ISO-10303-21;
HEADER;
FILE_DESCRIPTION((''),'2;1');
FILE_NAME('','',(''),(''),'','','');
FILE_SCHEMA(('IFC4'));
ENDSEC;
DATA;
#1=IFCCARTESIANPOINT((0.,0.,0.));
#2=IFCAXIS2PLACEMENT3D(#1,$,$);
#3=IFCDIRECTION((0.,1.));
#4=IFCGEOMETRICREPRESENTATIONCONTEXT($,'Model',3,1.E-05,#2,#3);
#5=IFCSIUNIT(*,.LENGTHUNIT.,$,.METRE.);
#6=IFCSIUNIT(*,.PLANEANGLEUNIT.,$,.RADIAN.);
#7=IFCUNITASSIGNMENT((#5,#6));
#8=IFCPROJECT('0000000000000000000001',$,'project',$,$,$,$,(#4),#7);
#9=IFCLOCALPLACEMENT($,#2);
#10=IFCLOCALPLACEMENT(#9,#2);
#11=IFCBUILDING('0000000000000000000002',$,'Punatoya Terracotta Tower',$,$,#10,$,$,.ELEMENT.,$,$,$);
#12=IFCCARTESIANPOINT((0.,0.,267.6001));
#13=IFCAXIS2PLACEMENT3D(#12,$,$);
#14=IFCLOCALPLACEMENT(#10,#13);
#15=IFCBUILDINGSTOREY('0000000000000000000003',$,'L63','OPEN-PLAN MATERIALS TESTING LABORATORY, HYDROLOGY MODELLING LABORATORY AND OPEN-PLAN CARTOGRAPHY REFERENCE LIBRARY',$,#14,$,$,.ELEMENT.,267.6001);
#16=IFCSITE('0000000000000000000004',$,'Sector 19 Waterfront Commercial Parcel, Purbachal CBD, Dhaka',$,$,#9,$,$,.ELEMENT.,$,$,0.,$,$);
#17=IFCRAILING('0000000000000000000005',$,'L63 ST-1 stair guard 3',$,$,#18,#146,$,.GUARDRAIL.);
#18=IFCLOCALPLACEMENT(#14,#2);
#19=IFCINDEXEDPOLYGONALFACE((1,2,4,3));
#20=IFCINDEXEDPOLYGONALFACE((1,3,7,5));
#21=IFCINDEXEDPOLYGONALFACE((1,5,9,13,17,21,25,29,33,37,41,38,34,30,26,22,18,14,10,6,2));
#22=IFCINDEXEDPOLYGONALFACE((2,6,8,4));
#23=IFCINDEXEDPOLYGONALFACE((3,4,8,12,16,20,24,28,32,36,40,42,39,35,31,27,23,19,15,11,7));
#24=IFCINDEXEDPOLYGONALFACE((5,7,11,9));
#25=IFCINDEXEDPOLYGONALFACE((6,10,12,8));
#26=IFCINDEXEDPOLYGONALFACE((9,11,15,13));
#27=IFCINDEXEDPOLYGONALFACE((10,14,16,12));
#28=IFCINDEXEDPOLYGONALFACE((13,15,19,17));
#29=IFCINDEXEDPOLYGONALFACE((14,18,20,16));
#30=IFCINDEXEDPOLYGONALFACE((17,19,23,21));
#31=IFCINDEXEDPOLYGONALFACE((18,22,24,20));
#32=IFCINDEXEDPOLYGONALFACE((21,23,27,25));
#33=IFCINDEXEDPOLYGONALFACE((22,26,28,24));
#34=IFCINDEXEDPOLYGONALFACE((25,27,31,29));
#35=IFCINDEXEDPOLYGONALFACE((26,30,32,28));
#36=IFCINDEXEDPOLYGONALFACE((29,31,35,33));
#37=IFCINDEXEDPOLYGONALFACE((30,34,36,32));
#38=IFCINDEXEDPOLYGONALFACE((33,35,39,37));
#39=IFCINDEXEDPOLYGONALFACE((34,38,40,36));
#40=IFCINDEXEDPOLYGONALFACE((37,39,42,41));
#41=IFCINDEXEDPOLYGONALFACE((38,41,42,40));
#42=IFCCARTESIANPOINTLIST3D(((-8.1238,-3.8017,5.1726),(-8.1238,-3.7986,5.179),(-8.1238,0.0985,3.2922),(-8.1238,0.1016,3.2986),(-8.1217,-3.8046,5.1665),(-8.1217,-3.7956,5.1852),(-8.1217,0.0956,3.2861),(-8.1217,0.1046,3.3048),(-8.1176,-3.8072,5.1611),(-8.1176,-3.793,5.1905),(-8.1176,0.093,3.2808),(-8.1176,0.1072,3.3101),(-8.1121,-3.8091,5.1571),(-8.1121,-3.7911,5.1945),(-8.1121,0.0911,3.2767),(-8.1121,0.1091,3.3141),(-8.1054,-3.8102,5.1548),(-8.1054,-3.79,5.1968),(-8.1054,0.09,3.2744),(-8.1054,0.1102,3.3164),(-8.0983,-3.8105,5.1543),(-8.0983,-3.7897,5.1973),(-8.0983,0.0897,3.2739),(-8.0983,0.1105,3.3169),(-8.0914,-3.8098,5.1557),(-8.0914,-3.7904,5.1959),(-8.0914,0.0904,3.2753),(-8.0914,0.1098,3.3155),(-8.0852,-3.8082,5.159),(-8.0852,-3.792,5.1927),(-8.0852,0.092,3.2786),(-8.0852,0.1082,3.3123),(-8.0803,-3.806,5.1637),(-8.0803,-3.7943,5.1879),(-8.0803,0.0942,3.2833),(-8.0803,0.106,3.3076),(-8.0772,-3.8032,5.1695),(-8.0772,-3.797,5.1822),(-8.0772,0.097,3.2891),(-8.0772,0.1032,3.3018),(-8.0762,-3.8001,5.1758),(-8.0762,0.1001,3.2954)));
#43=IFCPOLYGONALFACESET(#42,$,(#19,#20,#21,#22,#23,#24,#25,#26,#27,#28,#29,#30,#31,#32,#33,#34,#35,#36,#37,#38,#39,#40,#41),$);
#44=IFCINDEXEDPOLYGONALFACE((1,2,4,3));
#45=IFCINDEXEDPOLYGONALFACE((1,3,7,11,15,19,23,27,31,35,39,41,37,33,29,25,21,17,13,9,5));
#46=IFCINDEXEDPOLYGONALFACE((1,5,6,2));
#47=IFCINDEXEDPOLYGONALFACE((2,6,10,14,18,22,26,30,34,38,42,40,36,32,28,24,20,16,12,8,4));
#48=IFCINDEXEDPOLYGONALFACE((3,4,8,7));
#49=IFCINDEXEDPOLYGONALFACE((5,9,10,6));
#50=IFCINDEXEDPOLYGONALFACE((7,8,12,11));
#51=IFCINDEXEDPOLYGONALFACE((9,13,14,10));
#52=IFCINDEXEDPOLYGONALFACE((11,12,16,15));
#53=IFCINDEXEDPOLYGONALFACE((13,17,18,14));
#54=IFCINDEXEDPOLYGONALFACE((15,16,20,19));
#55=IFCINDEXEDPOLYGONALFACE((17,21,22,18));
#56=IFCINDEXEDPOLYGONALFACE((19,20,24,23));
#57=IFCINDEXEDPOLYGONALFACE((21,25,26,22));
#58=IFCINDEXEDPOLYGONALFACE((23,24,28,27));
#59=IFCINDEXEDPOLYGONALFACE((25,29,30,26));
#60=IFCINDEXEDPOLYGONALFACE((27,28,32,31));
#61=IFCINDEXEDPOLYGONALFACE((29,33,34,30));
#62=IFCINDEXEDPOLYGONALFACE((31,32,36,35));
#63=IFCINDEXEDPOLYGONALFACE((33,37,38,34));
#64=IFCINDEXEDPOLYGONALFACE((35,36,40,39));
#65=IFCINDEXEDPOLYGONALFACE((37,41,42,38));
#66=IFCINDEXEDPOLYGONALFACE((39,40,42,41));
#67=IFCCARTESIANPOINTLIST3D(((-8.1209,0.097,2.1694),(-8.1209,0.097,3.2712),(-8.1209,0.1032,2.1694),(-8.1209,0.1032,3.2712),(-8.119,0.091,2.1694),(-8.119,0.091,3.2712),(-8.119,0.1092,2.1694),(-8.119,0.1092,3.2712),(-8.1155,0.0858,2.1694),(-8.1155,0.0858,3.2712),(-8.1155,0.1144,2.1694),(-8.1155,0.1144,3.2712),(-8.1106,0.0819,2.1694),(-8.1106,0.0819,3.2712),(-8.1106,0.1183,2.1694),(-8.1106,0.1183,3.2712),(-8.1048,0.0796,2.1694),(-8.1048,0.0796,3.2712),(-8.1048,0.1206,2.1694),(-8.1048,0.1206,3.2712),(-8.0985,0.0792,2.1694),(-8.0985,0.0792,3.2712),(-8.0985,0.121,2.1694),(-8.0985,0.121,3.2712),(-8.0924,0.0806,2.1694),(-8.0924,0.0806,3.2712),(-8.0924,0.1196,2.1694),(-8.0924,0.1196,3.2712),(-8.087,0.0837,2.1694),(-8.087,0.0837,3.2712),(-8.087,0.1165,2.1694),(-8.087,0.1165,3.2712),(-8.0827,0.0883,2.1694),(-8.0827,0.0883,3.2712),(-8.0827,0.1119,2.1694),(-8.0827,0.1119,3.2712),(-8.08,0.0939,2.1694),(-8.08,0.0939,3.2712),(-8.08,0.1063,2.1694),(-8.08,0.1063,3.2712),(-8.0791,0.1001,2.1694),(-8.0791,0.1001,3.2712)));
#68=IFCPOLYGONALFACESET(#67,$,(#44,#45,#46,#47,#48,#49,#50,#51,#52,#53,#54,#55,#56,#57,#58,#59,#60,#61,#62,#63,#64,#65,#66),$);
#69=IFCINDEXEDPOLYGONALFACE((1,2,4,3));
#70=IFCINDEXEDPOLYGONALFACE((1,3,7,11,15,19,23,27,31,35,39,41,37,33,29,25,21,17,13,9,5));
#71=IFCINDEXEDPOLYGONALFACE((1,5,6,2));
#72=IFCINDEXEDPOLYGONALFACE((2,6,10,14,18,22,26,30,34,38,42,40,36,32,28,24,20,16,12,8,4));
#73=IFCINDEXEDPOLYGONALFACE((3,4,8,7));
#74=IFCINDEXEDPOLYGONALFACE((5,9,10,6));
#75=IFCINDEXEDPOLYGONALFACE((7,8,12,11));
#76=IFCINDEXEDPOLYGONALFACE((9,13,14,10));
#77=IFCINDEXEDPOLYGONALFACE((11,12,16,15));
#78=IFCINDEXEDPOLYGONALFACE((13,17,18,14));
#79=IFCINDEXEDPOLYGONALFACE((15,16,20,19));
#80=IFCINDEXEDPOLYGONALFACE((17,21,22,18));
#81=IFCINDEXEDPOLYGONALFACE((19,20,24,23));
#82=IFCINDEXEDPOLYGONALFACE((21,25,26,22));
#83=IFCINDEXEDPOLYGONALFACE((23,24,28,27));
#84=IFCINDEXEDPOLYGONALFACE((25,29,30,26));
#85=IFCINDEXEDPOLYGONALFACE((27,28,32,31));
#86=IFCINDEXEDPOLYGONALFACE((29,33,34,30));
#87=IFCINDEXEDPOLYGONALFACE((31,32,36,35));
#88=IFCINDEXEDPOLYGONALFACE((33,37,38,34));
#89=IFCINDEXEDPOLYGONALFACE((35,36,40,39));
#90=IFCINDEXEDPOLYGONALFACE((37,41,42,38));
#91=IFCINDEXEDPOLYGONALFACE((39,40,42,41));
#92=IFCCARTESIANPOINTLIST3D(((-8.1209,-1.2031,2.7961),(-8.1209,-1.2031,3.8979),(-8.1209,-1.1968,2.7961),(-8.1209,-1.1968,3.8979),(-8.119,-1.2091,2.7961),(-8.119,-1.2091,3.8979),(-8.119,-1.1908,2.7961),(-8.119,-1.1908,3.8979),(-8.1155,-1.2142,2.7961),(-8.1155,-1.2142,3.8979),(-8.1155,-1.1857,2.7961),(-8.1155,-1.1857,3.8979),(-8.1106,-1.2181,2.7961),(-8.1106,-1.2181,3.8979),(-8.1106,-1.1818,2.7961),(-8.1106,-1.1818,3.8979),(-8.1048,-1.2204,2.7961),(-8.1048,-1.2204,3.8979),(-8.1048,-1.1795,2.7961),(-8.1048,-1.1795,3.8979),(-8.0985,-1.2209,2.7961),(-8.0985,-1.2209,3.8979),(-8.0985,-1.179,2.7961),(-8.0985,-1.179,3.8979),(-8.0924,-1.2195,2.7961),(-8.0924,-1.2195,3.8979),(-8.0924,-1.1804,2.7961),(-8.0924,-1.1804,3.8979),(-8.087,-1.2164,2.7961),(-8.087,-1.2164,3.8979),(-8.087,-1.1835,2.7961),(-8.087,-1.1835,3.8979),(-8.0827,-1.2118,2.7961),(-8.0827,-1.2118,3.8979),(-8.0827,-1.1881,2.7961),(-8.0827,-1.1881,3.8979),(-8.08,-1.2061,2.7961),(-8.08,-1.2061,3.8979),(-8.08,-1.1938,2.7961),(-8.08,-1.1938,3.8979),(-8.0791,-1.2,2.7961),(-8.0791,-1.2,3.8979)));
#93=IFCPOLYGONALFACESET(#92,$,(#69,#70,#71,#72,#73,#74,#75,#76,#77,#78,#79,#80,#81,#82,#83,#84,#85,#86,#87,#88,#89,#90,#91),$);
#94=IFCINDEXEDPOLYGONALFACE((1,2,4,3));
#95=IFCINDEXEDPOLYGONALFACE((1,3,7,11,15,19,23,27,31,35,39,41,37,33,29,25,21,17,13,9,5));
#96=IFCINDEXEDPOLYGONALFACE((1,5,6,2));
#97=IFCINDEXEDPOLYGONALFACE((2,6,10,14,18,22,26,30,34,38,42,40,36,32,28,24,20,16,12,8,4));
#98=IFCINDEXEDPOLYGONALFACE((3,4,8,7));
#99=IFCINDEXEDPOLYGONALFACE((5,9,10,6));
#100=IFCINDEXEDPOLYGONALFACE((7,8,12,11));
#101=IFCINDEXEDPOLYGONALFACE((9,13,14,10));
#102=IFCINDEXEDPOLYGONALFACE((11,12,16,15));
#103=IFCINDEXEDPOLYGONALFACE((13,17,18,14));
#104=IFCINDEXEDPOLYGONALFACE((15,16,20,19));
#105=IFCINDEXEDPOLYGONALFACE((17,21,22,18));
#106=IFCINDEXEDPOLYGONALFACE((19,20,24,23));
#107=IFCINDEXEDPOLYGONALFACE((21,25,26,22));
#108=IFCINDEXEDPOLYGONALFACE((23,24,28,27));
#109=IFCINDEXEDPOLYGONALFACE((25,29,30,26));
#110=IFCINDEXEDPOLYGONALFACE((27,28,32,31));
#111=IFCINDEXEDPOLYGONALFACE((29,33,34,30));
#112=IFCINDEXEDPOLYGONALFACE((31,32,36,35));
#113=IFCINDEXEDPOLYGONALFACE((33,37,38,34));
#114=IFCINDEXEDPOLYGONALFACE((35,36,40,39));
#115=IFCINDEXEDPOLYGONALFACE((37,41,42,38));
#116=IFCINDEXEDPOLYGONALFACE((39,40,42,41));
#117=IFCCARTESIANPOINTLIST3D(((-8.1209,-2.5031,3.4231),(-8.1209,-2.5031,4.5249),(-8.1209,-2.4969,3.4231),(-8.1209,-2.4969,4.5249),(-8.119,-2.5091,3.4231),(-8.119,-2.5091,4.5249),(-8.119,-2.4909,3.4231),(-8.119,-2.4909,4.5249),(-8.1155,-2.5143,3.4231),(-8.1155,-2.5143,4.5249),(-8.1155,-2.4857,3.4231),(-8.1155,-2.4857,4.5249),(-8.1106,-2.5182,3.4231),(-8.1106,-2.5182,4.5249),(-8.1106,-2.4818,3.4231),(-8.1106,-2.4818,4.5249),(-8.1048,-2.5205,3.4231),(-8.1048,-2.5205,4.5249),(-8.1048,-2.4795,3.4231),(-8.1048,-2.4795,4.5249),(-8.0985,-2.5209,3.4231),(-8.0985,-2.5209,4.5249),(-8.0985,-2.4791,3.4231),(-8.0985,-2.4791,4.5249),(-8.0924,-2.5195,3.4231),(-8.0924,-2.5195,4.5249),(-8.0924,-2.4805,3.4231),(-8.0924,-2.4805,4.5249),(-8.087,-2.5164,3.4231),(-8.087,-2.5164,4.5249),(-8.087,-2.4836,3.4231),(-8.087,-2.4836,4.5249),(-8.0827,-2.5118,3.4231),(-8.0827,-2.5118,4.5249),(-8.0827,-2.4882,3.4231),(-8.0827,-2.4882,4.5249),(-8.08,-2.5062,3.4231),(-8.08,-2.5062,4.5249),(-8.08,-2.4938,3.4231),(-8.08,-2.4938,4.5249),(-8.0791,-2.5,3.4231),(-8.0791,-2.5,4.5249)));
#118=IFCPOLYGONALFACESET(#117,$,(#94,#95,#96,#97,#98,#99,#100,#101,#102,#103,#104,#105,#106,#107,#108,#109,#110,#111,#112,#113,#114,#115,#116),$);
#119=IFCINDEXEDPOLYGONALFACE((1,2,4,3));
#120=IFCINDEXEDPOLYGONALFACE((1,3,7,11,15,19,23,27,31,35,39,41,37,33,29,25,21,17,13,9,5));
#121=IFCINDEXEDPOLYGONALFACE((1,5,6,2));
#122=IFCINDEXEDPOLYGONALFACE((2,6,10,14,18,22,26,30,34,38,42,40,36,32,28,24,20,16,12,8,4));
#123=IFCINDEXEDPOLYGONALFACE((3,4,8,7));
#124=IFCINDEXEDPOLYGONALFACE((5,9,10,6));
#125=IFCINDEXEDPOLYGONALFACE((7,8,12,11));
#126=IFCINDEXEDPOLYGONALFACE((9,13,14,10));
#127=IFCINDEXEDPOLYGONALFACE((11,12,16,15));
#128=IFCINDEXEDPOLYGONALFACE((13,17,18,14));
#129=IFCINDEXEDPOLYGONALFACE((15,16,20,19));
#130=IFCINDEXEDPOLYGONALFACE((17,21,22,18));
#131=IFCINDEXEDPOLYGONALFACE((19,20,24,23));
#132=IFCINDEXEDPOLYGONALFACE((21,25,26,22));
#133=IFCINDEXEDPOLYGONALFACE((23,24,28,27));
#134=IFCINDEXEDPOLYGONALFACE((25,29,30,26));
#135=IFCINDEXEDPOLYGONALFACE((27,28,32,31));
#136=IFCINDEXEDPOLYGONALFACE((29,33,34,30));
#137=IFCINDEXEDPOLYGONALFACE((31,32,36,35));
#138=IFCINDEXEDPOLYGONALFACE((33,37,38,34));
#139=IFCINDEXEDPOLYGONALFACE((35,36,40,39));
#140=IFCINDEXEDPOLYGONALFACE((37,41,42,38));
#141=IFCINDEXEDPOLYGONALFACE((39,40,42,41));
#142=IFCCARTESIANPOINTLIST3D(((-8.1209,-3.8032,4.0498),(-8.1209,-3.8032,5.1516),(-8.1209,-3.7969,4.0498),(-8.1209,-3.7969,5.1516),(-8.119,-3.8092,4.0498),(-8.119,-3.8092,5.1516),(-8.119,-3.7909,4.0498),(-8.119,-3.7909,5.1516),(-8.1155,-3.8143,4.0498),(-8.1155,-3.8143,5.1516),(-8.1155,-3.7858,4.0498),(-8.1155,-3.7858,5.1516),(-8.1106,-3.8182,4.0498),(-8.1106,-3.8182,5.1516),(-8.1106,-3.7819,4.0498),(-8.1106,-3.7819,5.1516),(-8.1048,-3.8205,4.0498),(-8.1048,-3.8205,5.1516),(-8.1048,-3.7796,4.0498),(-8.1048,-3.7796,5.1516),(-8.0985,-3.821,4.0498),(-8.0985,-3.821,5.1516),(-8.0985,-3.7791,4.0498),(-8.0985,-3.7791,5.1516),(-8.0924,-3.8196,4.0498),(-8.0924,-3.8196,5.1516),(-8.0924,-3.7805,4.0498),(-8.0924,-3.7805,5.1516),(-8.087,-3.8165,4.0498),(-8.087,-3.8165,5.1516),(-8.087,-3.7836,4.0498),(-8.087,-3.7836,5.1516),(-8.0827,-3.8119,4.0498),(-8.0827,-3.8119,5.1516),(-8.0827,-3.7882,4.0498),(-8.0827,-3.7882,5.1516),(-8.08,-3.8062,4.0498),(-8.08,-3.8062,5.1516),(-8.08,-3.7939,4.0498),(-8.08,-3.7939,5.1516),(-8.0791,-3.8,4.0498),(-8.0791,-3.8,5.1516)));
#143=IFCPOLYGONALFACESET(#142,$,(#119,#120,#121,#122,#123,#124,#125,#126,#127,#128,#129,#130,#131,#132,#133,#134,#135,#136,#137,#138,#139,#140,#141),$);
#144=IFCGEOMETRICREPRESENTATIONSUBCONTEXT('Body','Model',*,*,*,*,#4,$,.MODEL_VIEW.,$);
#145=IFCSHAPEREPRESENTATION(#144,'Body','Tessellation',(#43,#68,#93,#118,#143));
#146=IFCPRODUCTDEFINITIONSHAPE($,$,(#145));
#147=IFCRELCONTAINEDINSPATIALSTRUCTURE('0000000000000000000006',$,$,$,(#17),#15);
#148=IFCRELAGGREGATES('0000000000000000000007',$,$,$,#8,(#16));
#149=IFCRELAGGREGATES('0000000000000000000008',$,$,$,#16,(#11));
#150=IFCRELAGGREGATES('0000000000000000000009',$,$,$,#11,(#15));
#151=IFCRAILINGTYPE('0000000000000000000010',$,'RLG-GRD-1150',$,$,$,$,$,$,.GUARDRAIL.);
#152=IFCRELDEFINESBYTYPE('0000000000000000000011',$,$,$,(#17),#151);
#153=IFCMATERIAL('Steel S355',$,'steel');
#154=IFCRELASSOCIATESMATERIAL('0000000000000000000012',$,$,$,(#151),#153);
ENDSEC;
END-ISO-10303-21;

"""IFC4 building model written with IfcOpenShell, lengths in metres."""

from ifc_helpers import new_model, si_unit, direction, frame, origin, origin_2d, place, context, subcontext, project, spatial, circle, extrude, material, type_object, element, save


model = new_model("IFC4")

# Units and contexts
model_context = context("Model", 3, precision=1e-05, world=origin(), true_north=direction((0.0, 1.0)))
body_context = subcontext(model_context, "Body", "Model", "MODEL_VIEW")
ifc_project = project(units=[si_unit("LENGTHUNIT", "METRE"), si_unit("PLANEANGLEUNIT", "RADIAN")], contexts=[model_context])

# Site, building, storey
site_placement = place(None, origin())
site = spatial("IfcSite", under=ifc_project, at=site_placement, Name="Sector 19 Waterfront Commercial Parcel, Purbachal CBD, Dhaka", CompositionType="ELEMENT", RefElevation=0.0)
building_placement = place(site_placement, origin())
building = spatial("IfcBuilding", under=site, at=building_placement, Name="Punatoya Terracotta Tower", CompositionType="ELEMENT")
storey_placement = place(building_placement, frame((0.0, 0.0, 267.6001)))
storey = spatial("IfcBuildingStorey", under=building, at=storey_placement, Name="L63", Description="OPEN-PLAN MATERIALS TESTING LABORATORY, HYDROLOGY MODELLING LABORATORY AND OPEN-PLAN CARTOGRAPHY REFERENCE LIBRARY", CompositionType="ELEMENT", Elevation=267.6001)

# Railing
ifc_material_1 = material(Name="Steel S355", Category="steel")
railing_type_1 = type_object("IfcRailingType", Name="RLG-GRD-1150", PredefinedType="GUARDRAIL", material=ifc_material_1)
railing_1_placement = place(storey_placement, frame((-8.1001, 0.1001, 2.1694)))
element("IfcRailing", 1, at=railing_1_placement, inside=storey, type_object=railing_type_1, Name="L63 ST-1 stair guard 3", PredefinedType="GUARDRAIL", context=body_context, shape_type="SweptSolid", body=[
    extrude(circle(Radius=0.0239, at=origin_2d()), frame((0.0, 0.0, 1.126), z_axis=(0.0, -0.900774, 0.434289), x_axis=(1.0, 0.0, 0.0)), (0.0, 0.0, 1.0), 4.3298),
    extrude(circle(Radius=0.021, at=origin_2d()), origin(), (0.0, 0.0, 1.0), 1.1018),
    extrude(circle(Radius=0.021, at=origin_2d()), frame((0.0, -1.3, 0.6267)), (0.0, 0.0, 1.0), 1.1018),
    extrude(circle(Radius=0.021, at=origin_2d()), frame((0.0, -2.6001, 1.2537)), (0.0, 0.0, 1.0), 1.1018),
    extrude(circle(Radius=0.021, at=origin_2d()), frame((0.0, -3.9001, 1.8804)), (0.0, 0.0, 1.0), 1.1018),
])

save(model, "model.ifc")
